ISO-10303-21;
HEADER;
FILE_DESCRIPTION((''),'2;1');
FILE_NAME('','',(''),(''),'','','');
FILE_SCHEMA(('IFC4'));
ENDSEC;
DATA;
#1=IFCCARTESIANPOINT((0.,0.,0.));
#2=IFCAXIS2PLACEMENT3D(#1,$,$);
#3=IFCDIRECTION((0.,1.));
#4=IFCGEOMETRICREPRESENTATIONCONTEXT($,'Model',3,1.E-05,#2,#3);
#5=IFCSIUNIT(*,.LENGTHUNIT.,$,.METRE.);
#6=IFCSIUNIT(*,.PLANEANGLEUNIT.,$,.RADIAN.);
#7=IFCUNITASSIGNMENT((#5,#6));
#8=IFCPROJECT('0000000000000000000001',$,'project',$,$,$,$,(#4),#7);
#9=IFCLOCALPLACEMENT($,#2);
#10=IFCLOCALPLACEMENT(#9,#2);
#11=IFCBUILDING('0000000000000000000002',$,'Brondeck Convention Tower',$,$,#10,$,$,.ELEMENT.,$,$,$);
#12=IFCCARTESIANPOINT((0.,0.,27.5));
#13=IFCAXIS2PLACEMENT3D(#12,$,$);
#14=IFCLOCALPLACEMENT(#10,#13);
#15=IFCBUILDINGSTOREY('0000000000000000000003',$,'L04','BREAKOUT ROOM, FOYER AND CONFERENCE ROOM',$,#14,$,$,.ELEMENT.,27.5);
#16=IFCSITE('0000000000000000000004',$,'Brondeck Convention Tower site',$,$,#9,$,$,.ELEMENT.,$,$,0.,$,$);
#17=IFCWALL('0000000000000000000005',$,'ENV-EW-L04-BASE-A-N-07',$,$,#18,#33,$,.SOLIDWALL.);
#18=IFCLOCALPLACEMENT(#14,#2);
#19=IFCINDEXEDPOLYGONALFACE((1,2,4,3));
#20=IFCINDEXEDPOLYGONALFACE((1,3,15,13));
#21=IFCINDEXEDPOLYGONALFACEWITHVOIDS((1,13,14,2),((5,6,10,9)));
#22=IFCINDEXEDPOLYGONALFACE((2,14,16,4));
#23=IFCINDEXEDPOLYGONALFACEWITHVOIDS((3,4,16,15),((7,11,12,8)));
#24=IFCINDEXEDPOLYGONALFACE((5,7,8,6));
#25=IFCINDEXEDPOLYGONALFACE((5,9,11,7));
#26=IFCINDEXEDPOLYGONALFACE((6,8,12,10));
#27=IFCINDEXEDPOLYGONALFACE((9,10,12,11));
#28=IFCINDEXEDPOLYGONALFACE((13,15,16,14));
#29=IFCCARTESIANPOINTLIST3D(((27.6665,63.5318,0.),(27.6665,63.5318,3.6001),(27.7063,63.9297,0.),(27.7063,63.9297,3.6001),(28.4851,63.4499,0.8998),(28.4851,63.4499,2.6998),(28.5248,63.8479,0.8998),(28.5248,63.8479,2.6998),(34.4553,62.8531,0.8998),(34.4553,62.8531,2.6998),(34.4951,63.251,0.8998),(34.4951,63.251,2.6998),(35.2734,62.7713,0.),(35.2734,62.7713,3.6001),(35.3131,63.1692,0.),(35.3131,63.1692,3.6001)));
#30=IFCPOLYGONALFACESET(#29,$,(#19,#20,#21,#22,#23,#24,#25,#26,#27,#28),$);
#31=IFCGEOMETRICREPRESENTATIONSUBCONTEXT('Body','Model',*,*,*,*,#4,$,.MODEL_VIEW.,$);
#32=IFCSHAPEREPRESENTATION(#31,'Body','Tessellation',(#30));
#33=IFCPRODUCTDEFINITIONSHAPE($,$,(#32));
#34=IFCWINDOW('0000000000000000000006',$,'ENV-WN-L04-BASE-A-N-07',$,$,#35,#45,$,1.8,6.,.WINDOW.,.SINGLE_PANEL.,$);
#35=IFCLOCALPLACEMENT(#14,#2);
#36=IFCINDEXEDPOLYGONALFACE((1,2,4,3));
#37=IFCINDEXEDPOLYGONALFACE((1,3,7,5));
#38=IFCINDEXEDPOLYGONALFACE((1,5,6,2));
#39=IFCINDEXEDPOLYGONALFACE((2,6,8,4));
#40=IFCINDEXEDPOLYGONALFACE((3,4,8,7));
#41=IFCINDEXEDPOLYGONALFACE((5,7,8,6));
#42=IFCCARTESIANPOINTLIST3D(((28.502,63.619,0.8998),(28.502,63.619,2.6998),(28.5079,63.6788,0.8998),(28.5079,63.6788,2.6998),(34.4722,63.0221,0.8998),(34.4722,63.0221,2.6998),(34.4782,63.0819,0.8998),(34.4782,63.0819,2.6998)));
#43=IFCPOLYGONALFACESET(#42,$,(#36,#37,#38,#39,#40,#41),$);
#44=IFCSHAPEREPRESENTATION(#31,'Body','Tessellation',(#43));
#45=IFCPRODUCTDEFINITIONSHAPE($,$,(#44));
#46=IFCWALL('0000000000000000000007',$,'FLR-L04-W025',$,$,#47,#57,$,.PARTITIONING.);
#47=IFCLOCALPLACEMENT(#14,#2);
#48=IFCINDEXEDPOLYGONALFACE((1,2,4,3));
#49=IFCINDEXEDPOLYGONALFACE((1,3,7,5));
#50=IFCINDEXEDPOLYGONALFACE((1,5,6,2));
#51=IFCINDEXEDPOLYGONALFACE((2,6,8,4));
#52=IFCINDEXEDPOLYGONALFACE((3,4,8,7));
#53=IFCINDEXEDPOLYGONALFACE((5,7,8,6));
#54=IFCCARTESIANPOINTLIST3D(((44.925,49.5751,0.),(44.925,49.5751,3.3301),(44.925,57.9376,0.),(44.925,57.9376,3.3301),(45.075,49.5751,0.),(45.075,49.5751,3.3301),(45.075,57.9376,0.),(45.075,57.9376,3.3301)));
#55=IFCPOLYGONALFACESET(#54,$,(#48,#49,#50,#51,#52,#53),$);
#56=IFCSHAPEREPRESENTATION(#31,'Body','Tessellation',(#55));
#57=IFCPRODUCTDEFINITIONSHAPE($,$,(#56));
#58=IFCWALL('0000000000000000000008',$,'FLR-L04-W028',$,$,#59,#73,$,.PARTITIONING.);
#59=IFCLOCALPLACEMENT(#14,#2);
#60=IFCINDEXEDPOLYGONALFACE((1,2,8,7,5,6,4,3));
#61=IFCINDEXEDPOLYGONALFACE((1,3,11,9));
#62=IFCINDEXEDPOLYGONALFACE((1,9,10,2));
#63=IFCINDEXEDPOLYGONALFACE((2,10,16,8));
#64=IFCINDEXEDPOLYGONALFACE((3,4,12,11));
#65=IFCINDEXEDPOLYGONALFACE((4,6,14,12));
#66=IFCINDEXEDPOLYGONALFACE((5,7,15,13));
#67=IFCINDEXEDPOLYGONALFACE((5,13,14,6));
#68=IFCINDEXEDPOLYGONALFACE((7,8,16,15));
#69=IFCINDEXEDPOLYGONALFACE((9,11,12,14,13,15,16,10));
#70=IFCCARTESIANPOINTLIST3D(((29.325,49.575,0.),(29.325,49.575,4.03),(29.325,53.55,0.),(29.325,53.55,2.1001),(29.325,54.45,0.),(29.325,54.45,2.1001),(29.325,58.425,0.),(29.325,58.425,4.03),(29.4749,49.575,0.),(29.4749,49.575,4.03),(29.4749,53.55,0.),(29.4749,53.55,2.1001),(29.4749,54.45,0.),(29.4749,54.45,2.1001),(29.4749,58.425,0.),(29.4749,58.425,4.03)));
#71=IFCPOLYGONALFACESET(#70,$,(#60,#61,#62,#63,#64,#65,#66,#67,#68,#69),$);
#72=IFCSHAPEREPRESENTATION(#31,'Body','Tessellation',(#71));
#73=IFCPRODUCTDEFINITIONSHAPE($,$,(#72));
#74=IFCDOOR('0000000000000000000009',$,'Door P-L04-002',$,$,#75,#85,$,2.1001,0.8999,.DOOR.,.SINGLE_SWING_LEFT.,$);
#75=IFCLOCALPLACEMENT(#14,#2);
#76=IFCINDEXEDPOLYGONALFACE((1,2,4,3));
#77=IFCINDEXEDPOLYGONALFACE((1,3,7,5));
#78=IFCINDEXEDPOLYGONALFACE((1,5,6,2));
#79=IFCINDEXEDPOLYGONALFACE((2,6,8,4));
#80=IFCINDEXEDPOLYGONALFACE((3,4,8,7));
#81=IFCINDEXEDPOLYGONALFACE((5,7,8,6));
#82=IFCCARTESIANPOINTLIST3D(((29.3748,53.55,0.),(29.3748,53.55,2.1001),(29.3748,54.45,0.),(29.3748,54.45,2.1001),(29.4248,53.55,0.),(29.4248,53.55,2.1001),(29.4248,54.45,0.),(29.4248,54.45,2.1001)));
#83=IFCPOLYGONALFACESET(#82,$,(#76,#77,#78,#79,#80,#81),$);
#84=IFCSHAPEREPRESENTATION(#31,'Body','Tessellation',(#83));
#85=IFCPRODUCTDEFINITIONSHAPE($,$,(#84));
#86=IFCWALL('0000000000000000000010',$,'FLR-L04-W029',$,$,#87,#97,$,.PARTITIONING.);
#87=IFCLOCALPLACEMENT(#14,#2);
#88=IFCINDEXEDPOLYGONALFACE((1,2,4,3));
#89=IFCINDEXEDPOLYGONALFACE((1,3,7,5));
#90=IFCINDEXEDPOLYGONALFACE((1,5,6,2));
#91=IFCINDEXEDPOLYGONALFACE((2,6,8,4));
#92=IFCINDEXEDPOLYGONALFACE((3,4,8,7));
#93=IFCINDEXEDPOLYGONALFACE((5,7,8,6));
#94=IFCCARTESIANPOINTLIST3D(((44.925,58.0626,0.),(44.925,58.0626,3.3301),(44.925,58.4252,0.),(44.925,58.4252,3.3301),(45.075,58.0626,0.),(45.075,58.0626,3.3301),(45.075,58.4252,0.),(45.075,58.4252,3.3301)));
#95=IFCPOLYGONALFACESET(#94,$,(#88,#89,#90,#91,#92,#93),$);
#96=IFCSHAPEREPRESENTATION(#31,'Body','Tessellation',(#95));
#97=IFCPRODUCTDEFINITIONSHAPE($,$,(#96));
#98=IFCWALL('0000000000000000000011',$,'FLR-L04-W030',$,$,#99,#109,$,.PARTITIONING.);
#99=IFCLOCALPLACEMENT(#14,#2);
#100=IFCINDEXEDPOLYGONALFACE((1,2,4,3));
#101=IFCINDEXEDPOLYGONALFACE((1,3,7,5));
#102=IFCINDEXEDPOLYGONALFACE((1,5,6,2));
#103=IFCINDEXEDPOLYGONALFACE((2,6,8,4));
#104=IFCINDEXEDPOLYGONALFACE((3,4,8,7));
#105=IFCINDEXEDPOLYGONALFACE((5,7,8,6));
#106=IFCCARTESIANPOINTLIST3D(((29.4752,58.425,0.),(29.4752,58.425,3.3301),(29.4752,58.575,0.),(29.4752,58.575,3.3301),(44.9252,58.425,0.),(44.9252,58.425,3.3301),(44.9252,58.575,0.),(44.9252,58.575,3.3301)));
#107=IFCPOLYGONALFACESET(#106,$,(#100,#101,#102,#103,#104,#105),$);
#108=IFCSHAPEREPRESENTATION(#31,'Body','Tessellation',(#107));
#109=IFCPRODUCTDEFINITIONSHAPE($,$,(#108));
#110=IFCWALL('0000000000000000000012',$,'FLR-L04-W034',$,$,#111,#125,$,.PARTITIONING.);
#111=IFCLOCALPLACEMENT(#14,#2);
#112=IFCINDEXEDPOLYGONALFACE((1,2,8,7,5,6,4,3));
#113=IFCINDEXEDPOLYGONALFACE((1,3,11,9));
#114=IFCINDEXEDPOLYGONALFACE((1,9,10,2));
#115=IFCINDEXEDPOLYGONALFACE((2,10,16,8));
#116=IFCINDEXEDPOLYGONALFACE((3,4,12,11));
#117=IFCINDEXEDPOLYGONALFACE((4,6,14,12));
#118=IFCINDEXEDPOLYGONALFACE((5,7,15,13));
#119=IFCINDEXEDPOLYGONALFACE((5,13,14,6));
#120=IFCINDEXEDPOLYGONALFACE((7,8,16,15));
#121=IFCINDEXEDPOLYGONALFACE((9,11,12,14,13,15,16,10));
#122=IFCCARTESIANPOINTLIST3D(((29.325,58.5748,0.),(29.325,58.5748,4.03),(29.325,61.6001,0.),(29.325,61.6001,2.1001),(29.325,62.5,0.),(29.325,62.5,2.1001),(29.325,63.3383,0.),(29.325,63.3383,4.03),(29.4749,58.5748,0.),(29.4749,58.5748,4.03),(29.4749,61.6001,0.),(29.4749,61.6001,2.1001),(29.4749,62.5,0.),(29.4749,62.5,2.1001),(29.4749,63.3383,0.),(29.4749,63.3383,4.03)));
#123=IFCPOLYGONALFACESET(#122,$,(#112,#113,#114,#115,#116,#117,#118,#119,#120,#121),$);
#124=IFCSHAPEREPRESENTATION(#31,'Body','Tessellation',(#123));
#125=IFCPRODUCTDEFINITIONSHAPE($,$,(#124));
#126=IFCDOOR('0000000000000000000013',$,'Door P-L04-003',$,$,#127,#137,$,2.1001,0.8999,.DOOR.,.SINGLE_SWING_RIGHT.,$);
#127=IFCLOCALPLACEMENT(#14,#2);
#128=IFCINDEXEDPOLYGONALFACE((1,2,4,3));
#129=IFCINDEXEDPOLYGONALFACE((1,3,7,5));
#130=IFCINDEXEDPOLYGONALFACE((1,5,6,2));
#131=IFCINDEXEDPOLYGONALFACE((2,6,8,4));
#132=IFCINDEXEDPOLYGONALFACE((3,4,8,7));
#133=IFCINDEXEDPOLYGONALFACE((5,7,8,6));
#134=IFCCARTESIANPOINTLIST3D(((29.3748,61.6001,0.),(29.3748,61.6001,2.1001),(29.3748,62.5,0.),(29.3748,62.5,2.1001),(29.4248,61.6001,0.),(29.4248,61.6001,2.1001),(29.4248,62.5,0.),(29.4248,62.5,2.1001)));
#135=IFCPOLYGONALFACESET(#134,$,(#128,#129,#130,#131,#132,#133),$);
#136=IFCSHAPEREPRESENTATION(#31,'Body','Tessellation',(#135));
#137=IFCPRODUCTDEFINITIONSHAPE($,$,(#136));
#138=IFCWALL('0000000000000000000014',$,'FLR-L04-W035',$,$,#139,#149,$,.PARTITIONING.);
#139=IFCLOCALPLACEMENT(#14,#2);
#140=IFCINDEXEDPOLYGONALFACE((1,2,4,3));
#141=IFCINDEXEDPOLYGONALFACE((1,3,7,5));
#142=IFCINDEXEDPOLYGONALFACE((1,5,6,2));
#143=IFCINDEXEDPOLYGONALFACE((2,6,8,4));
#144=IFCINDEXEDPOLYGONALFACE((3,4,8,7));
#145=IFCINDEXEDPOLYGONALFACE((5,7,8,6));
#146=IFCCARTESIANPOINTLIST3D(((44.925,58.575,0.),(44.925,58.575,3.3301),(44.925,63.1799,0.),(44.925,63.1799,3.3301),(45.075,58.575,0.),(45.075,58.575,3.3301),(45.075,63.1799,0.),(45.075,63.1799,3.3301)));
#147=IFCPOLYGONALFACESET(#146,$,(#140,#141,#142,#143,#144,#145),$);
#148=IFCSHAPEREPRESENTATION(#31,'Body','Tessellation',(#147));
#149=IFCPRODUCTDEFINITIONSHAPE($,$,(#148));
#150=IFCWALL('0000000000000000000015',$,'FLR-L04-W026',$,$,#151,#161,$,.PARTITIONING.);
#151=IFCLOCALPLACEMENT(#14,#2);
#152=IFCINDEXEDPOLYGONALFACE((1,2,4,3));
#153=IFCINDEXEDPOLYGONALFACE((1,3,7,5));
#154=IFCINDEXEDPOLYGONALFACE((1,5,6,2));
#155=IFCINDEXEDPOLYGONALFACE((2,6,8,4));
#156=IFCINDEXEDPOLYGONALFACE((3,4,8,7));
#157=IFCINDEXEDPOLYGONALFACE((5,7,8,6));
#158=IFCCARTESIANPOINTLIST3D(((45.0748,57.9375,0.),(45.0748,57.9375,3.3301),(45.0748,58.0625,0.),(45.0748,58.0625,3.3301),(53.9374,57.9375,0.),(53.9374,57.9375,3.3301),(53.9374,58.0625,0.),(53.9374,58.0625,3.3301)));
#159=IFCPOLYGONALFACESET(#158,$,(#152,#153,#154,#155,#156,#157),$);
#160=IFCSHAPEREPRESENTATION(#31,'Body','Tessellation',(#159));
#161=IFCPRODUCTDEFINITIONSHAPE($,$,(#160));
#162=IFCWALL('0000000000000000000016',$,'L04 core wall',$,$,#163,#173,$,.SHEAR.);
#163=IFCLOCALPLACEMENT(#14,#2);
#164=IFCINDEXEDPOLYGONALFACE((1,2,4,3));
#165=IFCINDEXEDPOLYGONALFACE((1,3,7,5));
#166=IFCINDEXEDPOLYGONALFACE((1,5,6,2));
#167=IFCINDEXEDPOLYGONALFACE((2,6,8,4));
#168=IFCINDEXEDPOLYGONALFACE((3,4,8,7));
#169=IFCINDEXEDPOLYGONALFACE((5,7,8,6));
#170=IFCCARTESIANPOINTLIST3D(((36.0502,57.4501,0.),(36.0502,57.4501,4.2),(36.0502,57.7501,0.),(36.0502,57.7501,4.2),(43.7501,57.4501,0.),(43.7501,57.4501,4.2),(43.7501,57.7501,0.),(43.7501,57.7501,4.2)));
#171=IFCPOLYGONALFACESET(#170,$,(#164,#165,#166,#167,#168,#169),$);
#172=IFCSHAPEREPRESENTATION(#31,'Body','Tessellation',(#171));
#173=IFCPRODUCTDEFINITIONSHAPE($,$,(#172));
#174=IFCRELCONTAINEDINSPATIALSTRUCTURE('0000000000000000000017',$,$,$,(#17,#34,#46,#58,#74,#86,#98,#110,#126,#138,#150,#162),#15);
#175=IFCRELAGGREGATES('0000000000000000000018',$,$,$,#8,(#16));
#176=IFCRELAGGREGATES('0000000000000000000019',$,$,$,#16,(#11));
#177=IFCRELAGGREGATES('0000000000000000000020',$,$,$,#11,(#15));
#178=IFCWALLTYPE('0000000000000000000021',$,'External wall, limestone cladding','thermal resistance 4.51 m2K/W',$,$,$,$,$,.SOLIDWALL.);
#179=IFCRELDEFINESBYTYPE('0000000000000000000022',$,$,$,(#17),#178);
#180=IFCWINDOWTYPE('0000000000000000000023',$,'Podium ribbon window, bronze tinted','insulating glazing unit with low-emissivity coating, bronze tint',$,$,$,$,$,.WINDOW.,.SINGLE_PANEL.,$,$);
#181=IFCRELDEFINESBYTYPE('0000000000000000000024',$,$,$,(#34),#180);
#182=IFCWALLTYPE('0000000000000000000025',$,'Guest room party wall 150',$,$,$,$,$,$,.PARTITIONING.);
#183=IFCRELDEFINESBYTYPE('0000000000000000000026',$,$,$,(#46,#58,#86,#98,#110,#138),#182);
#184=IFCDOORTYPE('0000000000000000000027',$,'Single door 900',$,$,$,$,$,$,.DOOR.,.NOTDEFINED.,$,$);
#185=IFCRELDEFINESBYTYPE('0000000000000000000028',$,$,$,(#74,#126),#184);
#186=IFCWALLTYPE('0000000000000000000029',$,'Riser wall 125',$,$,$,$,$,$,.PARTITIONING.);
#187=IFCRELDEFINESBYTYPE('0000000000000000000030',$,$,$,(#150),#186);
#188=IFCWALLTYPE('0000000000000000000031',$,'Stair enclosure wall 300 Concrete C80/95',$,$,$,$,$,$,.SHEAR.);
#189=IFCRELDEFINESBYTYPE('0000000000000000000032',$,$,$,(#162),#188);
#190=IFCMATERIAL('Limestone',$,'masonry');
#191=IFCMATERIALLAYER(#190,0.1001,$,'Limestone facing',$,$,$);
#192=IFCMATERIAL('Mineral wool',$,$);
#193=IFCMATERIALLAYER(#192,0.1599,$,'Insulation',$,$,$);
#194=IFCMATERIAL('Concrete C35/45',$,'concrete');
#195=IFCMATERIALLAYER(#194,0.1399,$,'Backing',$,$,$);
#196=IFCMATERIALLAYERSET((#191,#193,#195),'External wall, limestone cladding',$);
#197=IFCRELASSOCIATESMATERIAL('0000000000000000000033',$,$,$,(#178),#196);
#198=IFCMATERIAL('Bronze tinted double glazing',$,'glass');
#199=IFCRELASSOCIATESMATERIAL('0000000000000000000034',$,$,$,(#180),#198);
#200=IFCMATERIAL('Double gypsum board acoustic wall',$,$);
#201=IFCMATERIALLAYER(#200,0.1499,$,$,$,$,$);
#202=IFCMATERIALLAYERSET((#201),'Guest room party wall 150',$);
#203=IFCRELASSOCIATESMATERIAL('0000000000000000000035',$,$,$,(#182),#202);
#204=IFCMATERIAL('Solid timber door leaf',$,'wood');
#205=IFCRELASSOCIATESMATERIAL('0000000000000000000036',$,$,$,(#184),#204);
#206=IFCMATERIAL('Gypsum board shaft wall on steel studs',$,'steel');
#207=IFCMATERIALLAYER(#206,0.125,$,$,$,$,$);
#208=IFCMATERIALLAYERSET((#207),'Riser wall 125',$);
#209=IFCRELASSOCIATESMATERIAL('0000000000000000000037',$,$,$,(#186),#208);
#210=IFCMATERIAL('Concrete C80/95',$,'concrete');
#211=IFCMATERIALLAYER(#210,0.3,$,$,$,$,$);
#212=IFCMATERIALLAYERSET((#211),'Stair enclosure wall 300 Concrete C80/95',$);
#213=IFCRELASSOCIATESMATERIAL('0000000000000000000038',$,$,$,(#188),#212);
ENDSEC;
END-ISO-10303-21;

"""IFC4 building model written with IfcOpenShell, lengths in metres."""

from ifc_helpers import new_model, si_unit, direction, frame, frame_2d, origin, place, context, subcontext, project, spatial, rectangle, extrude, material, layer, layer_set, type_object, element, fill, save


model = new_model("IFC4")

# Units and contexts
model_context = context("Model", 3, precision=1e-05, world=origin(), true_north=direction((0.0, 1.0)))
body_context = subcontext(model_context, "Body", "Model", "MODEL_VIEW")
ifc_project = project(units=[si_unit("LENGTHUNIT", "METRE"), si_unit("PLANEANGLEUNIT", "RADIAN")], contexts=[model_context])

# Site, building, storey
site_placement = place(None, origin())
site = spatial("IfcSite", under=ifc_project, at=site_placement, Name="Brondeck Convention Tower site", CompositionType="ELEMENT", RefElevation=0.0)
building_placement = place(site_placement, origin())
building = spatial("IfcBuilding", under=site, at=building_placement, Name="Brondeck Convention Tower", CompositionType="ELEMENT")
storey_placement = place(building_placement, frame((0.0, 0.0, 27.5)))
storey = spatial("IfcBuildingStorey", under=building, at=storey_placement, Name="L04", Description="BREAKOUT ROOM, FOYER AND CONFERENCE ROOM", CompositionType="ELEMENT", Elevation=27.5)

# Shared definitions
ifc_material_1 = material(Name="Concrete C80/95", Category="concrete")

# Wall, opening, window
ifc_material_2 = material(Name="Limestone", Category="masonry")
ifc_layer_1 = layer(ifc_material_2, 0.1001, Name="Limestone facing")
ifc_material_3 = material(Name="Mineral wool")
ifc_layer_2 = layer(ifc_material_3, 0.1599, Name="Insulation")
ifc_material_4 = material(Name="Concrete C35/45", Category="concrete")
ifc_layer_3 = layer(ifc_material_4, 0.1399, Name="Backing")
ifc_layer_set_1 = layer_set([ifc_layer_1, ifc_layer_2, ifc_layer_3], Name="External wall, limestone cladding")
wall_type_1 = type_object("IfcWallType", Name="External wall, limestone cladding", Description="thermal resistance 4.51 m2K/W", PredefinedType="SOLIDWALL", material=ifc_layer_set_1)
ifc_material_5 = material(Name="Bronze tinted double glazing", Category="glass")
window_type = type_object("IfcWindowType", Name="Podium ribbon window, bronze tinted", Description="insulating glazing unit with low-emissivity coating, bronze tint", PartitioningType="SINGLE_PANEL", PredefinedType="WINDOW", material=ifc_material_5)
wall_1_placement = place(storey_placement, frame((27.6865, 63.7307, 0.0), z_axis=(0.0, 0.0, 1.0), x_axis=(0.99504, -0.099478, 0.0)))
wall_1 = element("IfcWall", 1, at=wall_1_placement, inside=storey, type_object=wall_type_1, Name="ENV-EW-L04-BASE-A-N-07", PredefinedType="SOLIDWALL", context=body_context, shape_type="SweptSolid", body=[
    extrude(rectangle(XDim=7.6448, YDim=0.3999, at=frame_2d((3.8223, 0.0))), origin(), (0.0, 0.0, 1.0), 3.6001),
])
opening_1_placement = place(wall_1_placement, frame((0.8225, 0.0, 0.8999)))
opening_1 = element("IfcOpeningElement", 2, at=opening_1_placement, cuts=wall_1, PredefinedType="OPENING", context=body_context, shape_type="SweptSolid", body=[
    extrude(rectangle(XDim=6.0, YDim=1.8, at=frame_2d((3.0, 0.8999))), frame((0.0, 0.21, 0.0), z_axis=(0.0, -1.0, 0.0), x_axis=(1.0, 0.0, 0.0)), (0.0, 0.0, 1.0), 0.4199),
])
window_1_placement = place(opening_1_placement, origin())
window_1 = element("IfcWindow", 3, at=window_1_placement, inside=storey, type_object=window_type, Name="ENV-WN-L04-BASE-A-N-07", OverallHeight=1.8, OverallWidth=6.0, PartitioningType="SINGLE_PANEL", PredefinedType="WINDOW", context=body_context, shape_type="SweptSolid", body=[
    extrude(rectangle(XDim=6.0, YDim=1.8, at=frame_2d((3.0, 0.8999))), frame((0.0, 0.03, 0.0), z_axis=(0.0, -1.0, 0.0), x_axis=(1.0, 0.0, 0.0)), (0.0, 0.0, 1.0), 0.0601),
])
fill(opening_1, window_1)

# Wall
ifc_material_6 = material(Name="Double gypsum board acoustic wall")
ifc_layer_4 = layer(ifc_material_6, 0.1499)
ifc_layer_set_2 = layer_set([ifc_layer_4], Name="Guest room party wall 150")
wall_type_2 = type_object("IfcWallType", Name="Guest room party wall 150", PredefinedType="PARTITIONING", material=ifc_layer_set_2)
wall_2_placement = place(storey_placement, frame((45.0, 57.9375, 0.0), z_axis=(0.0, 0.0, 1.0), x_axis=(0.0, -1.0, 0.0)))
element("IfcWall", 4, at=wall_2_placement, inside=storey, type_object=wall_type_2, Name="FLR-L04-W025", PredefinedType="PARTITIONING", context=body_context, shape_type="SweptSolid", body=[
    extrude(rectangle(XDim=8.3625, YDim=0.1499, at=frame_2d((4.1812, 0.0))), origin(), (0.0, 0.0, 1.0), 3.3301),
])

# Wall, opening, door
wall_3_placement = place(storey_placement, frame((29.3999, 58.425, 0.0), z_axis=(0.0, 0.0, 1.0), x_axis=(0.0, -1.0, 0.0)))
wall_3 = element("IfcWall", 5, at=wall_3_placement, inside=storey, type_object=wall_type_2, Name="FLR-L04-W028", PredefinedType="PARTITIONING", context=body_context, shape_type="SweptSolid", body=[
    extrude(rectangle(XDim=8.8501, YDim=0.1499, at=frame_2d((4.425, 0.0))), origin(), (0.0, 0.0, 1.0), 4.03),
])
opening_2_placement = place(wall_3_placement, frame((3.9751, 0.0, 0.0)))
opening_2 = element("IfcOpeningElement", 6, at=opening_2_placement, cuts=wall_3, PredefinedType="OPENING", context=body_context, shape_type="SweptSolid", body=[
    extrude(rectangle(XDim=0.8999, YDim=2.1001, at=frame_2d((0.45, 1.05))), frame((0.0, 0.085, 0.0), z_axis=(0.0, -1.0, 0.0), x_axis=(1.0, 0.0, 0.0)), (0.0, 0.0, 1.0), 0.1699),
])
ifc_material_7 = material(Name="Solid timber door leaf", Category="wood")
door_type_1 = type_object("IfcDoorType", Name="Single door 900", OperationType="NOTDEFINED", PredefinedType="DOOR", material=ifc_material_7)
door_1_placement = place(opening_2_placement, origin())
door_1 = element("IfcDoor", 7, at=door_1_placement, inside=storey, type_object=door_type_1, Name="Door P-L04-002", OperationType="SINGLE_SWING_LEFT", OverallHeight=2.1001, OverallWidth=0.8999, PredefinedType="DOOR", context=body_context, shape_type="SweptSolid", body=[
    extrude(rectangle(XDim=0.8999, YDim=2.1001, at=frame_2d((0.45, 1.05))), frame((0.0, 0.0249, 0.0), z_axis=(0.0, -1.0, 0.0), x_axis=(1.0, 0.0, 0.0)), (0.0, 0.0, 1.0), 0.05),
])
fill(opening_2, door_1)

# Walls
wall_4_placement = place(storey_placement, frame((45.0, 58.425, 0.0), z_axis=(0.0, 0.0, 1.0), x_axis=(0.0, -1.0, 0.0)))
element("IfcWall", 8, at=wall_4_placement, inside=storey, type_object=wall_type_2, Name="FLR-L04-W029", PredefinedType="PARTITIONING", context=body_context, shape_type="SweptSolid", body=[
    extrude(rectangle(XDim=0.3625, YDim=0.1499, at=frame_2d((0.1812, 0.0))), origin(), (0.0, 0.0, 1.0), 3.3301),
])
wall_5_placement = place(storey_placement, frame((29.4751, 58.5, 0.0), z_axis=(0.0, 0.0, 1.0), x_axis=(1.0, 0.0, 0.0)))
element("IfcWall", 9, at=wall_5_placement, inside=storey, type_object=wall_type_2, Name="FLR-L04-W030", PredefinedType="PARTITIONING", context=body_context, shape_type="SweptSolid", body=[
    extrude(rectangle(XDim=15.45, YDim=0.1499, at=frame_2d((7.7251, 0.0))), origin(), (0.0, 0.0, 1.0), 3.3301),
])

# Wall, opening, door
wall_6_placement = place(storey_placement, frame((29.3999, 63.3384, 0.0), z_axis=(0.0, 0.0, 1.0), x_axis=(0.0, -1.0, 0.0)))
wall_6 = element("IfcWall", 10, at=wall_6_placement, inside=storey, type_object=wall_type_2, Name="FLR-L04-W034", PredefinedType="PARTITIONING", context=body_context, shape_type="SweptSolid", body=[
    extrude(rectangle(XDim=4.7634, YDim=0.1499, at=frame_2d((2.3818, 0.0))), origin(), (0.0, 0.0, 1.0), 4.03),
])
opening_3_placement = place(wall_6_placement, frame((0.8384, 0.0, 0.0)))
opening_3 = element("IfcOpeningElement", 11, at=opening_3_placement, cuts=wall_6, PredefinedType="OPENING", context=body_context, shape_type="SweptSolid", body=[
    extrude(rectangle(XDim=0.8999, YDim=2.1001, at=frame_2d((0.45, 1.05))), frame((0.0, 0.085, 0.0), z_axis=(0.0, -1.0, 0.0), x_axis=(1.0, 0.0, 0.0)), (0.0, 0.0, 1.0), 0.1699),
])
door_2_placement = place(opening_3_placement, origin())
door_2 = element("IfcDoor", 12, at=door_2_placement, inside=storey, type_object=door_type_1, Name="Door P-L04-003", OperationType="SINGLE_SWING_RIGHT", OverallHeight=2.1001, OverallWidth=0.8999, PredefinedType="DOOR", context=body_context, shape_type="SweptSolid", body=[
    extrude(rectangle(XDim=0.8999, YDim=2.1001, at=frame_2d((0.45, 1.05))), frame((0.0, 0.0249, 0.0), z_axis=(0.0, -1.0, 0.0), x_axis=(1.0, 0.0, 0.0)), (0.0, 0.0, 1.0), 0.05),
])
fill(opening_3, door_2)

# Walls
wall_7_placement = place(storey_placement, frame((45.0, 63.1799, 0.0), z_axis=(0.0, 0.0, 1.0), x_axis=(0.0, -1.0, 0.0)))
element("IfcWall", 13, at=wall_7_placement, inside=storey, type_object=wall_type_2, Name="FLR-L04-W035", PredefinedType="PARTITIONING", context=body_context, shape_type="SweptSolid", body=[
    extrude(rectangle(XDim=4.605, YDim=0.1499, at=frame_2d((2.3025, 0.0))), origin(), (0.0, 0.0, 1.0), 3.3301),
])
ifc_material_8 = material(Name="Gypsum board shaft wall on steel studs", Category="steel")
ifc_layer_5 = layer(ifc_material_8, 0.125)
ifc_layer_set_3 = layer_set([ifc_layer_5], Name="Riser wall 125")
wall_type_3 = type_object("IfcWallType", Name="Riser wall 125", PredefinedType="PARTITIONING", material=ifc_layer_set_3)
wall_8_placement = place(storey_placement, frame((45.075, 58.0, 0.0), z_axis=(0.0, 0.0, 1.0), x_axis=(1.0, 0.0, 0.0)))
element("IfcWall", 14, at=wall_8_placement, inside=storey, type_object=wall_type_3, Name="FLR-L04-W026", PredefinedType="PARTITIONING", context=body_context, shape_type="SweptSolid", body=[
    extrude(rectangle(XDim=8.8625, YDim=0.125, at=frame_2d((4.4312, 0.0))), origin(), (0.0, 0.0, 1.0), 3.3301),
])
ifc_layer_6 = layer(ifc_material_1, 0.3)
ifc_layer_set_4 = layer_set([ifc_layer_6], Name="Stair enclosure wall 300 Concrete C80/95")
wall_type_4 = type_object("IfcWallType", Name="Stair enclosure wall 300 Concrete C80/95", PredefinedType="SHEAR", material=ifc_layer_set_4)
wall_9_placement = place(storey_placement, frame((36.05, 57.6001, 0.0), z_axis=(0.0, 0.0, 1.0), x_axis=(1.0, 0.0, 0.0)))
element("IfcWall", 15, at=wall_9_placement, inside=storey, type_object=wall_type_4, Name="L04 core wall", PredefinedType="SHEAR", context=body_context, shape_type="SweptSolid", body=[
    extrude(rectangle(XDim=7.7, YDim=0.3, at=frame_2d((3.8501, 0.0))), origin(), (0.0, 0.0, 1.0), 4.2),
])

save(model, "model.ifc")
